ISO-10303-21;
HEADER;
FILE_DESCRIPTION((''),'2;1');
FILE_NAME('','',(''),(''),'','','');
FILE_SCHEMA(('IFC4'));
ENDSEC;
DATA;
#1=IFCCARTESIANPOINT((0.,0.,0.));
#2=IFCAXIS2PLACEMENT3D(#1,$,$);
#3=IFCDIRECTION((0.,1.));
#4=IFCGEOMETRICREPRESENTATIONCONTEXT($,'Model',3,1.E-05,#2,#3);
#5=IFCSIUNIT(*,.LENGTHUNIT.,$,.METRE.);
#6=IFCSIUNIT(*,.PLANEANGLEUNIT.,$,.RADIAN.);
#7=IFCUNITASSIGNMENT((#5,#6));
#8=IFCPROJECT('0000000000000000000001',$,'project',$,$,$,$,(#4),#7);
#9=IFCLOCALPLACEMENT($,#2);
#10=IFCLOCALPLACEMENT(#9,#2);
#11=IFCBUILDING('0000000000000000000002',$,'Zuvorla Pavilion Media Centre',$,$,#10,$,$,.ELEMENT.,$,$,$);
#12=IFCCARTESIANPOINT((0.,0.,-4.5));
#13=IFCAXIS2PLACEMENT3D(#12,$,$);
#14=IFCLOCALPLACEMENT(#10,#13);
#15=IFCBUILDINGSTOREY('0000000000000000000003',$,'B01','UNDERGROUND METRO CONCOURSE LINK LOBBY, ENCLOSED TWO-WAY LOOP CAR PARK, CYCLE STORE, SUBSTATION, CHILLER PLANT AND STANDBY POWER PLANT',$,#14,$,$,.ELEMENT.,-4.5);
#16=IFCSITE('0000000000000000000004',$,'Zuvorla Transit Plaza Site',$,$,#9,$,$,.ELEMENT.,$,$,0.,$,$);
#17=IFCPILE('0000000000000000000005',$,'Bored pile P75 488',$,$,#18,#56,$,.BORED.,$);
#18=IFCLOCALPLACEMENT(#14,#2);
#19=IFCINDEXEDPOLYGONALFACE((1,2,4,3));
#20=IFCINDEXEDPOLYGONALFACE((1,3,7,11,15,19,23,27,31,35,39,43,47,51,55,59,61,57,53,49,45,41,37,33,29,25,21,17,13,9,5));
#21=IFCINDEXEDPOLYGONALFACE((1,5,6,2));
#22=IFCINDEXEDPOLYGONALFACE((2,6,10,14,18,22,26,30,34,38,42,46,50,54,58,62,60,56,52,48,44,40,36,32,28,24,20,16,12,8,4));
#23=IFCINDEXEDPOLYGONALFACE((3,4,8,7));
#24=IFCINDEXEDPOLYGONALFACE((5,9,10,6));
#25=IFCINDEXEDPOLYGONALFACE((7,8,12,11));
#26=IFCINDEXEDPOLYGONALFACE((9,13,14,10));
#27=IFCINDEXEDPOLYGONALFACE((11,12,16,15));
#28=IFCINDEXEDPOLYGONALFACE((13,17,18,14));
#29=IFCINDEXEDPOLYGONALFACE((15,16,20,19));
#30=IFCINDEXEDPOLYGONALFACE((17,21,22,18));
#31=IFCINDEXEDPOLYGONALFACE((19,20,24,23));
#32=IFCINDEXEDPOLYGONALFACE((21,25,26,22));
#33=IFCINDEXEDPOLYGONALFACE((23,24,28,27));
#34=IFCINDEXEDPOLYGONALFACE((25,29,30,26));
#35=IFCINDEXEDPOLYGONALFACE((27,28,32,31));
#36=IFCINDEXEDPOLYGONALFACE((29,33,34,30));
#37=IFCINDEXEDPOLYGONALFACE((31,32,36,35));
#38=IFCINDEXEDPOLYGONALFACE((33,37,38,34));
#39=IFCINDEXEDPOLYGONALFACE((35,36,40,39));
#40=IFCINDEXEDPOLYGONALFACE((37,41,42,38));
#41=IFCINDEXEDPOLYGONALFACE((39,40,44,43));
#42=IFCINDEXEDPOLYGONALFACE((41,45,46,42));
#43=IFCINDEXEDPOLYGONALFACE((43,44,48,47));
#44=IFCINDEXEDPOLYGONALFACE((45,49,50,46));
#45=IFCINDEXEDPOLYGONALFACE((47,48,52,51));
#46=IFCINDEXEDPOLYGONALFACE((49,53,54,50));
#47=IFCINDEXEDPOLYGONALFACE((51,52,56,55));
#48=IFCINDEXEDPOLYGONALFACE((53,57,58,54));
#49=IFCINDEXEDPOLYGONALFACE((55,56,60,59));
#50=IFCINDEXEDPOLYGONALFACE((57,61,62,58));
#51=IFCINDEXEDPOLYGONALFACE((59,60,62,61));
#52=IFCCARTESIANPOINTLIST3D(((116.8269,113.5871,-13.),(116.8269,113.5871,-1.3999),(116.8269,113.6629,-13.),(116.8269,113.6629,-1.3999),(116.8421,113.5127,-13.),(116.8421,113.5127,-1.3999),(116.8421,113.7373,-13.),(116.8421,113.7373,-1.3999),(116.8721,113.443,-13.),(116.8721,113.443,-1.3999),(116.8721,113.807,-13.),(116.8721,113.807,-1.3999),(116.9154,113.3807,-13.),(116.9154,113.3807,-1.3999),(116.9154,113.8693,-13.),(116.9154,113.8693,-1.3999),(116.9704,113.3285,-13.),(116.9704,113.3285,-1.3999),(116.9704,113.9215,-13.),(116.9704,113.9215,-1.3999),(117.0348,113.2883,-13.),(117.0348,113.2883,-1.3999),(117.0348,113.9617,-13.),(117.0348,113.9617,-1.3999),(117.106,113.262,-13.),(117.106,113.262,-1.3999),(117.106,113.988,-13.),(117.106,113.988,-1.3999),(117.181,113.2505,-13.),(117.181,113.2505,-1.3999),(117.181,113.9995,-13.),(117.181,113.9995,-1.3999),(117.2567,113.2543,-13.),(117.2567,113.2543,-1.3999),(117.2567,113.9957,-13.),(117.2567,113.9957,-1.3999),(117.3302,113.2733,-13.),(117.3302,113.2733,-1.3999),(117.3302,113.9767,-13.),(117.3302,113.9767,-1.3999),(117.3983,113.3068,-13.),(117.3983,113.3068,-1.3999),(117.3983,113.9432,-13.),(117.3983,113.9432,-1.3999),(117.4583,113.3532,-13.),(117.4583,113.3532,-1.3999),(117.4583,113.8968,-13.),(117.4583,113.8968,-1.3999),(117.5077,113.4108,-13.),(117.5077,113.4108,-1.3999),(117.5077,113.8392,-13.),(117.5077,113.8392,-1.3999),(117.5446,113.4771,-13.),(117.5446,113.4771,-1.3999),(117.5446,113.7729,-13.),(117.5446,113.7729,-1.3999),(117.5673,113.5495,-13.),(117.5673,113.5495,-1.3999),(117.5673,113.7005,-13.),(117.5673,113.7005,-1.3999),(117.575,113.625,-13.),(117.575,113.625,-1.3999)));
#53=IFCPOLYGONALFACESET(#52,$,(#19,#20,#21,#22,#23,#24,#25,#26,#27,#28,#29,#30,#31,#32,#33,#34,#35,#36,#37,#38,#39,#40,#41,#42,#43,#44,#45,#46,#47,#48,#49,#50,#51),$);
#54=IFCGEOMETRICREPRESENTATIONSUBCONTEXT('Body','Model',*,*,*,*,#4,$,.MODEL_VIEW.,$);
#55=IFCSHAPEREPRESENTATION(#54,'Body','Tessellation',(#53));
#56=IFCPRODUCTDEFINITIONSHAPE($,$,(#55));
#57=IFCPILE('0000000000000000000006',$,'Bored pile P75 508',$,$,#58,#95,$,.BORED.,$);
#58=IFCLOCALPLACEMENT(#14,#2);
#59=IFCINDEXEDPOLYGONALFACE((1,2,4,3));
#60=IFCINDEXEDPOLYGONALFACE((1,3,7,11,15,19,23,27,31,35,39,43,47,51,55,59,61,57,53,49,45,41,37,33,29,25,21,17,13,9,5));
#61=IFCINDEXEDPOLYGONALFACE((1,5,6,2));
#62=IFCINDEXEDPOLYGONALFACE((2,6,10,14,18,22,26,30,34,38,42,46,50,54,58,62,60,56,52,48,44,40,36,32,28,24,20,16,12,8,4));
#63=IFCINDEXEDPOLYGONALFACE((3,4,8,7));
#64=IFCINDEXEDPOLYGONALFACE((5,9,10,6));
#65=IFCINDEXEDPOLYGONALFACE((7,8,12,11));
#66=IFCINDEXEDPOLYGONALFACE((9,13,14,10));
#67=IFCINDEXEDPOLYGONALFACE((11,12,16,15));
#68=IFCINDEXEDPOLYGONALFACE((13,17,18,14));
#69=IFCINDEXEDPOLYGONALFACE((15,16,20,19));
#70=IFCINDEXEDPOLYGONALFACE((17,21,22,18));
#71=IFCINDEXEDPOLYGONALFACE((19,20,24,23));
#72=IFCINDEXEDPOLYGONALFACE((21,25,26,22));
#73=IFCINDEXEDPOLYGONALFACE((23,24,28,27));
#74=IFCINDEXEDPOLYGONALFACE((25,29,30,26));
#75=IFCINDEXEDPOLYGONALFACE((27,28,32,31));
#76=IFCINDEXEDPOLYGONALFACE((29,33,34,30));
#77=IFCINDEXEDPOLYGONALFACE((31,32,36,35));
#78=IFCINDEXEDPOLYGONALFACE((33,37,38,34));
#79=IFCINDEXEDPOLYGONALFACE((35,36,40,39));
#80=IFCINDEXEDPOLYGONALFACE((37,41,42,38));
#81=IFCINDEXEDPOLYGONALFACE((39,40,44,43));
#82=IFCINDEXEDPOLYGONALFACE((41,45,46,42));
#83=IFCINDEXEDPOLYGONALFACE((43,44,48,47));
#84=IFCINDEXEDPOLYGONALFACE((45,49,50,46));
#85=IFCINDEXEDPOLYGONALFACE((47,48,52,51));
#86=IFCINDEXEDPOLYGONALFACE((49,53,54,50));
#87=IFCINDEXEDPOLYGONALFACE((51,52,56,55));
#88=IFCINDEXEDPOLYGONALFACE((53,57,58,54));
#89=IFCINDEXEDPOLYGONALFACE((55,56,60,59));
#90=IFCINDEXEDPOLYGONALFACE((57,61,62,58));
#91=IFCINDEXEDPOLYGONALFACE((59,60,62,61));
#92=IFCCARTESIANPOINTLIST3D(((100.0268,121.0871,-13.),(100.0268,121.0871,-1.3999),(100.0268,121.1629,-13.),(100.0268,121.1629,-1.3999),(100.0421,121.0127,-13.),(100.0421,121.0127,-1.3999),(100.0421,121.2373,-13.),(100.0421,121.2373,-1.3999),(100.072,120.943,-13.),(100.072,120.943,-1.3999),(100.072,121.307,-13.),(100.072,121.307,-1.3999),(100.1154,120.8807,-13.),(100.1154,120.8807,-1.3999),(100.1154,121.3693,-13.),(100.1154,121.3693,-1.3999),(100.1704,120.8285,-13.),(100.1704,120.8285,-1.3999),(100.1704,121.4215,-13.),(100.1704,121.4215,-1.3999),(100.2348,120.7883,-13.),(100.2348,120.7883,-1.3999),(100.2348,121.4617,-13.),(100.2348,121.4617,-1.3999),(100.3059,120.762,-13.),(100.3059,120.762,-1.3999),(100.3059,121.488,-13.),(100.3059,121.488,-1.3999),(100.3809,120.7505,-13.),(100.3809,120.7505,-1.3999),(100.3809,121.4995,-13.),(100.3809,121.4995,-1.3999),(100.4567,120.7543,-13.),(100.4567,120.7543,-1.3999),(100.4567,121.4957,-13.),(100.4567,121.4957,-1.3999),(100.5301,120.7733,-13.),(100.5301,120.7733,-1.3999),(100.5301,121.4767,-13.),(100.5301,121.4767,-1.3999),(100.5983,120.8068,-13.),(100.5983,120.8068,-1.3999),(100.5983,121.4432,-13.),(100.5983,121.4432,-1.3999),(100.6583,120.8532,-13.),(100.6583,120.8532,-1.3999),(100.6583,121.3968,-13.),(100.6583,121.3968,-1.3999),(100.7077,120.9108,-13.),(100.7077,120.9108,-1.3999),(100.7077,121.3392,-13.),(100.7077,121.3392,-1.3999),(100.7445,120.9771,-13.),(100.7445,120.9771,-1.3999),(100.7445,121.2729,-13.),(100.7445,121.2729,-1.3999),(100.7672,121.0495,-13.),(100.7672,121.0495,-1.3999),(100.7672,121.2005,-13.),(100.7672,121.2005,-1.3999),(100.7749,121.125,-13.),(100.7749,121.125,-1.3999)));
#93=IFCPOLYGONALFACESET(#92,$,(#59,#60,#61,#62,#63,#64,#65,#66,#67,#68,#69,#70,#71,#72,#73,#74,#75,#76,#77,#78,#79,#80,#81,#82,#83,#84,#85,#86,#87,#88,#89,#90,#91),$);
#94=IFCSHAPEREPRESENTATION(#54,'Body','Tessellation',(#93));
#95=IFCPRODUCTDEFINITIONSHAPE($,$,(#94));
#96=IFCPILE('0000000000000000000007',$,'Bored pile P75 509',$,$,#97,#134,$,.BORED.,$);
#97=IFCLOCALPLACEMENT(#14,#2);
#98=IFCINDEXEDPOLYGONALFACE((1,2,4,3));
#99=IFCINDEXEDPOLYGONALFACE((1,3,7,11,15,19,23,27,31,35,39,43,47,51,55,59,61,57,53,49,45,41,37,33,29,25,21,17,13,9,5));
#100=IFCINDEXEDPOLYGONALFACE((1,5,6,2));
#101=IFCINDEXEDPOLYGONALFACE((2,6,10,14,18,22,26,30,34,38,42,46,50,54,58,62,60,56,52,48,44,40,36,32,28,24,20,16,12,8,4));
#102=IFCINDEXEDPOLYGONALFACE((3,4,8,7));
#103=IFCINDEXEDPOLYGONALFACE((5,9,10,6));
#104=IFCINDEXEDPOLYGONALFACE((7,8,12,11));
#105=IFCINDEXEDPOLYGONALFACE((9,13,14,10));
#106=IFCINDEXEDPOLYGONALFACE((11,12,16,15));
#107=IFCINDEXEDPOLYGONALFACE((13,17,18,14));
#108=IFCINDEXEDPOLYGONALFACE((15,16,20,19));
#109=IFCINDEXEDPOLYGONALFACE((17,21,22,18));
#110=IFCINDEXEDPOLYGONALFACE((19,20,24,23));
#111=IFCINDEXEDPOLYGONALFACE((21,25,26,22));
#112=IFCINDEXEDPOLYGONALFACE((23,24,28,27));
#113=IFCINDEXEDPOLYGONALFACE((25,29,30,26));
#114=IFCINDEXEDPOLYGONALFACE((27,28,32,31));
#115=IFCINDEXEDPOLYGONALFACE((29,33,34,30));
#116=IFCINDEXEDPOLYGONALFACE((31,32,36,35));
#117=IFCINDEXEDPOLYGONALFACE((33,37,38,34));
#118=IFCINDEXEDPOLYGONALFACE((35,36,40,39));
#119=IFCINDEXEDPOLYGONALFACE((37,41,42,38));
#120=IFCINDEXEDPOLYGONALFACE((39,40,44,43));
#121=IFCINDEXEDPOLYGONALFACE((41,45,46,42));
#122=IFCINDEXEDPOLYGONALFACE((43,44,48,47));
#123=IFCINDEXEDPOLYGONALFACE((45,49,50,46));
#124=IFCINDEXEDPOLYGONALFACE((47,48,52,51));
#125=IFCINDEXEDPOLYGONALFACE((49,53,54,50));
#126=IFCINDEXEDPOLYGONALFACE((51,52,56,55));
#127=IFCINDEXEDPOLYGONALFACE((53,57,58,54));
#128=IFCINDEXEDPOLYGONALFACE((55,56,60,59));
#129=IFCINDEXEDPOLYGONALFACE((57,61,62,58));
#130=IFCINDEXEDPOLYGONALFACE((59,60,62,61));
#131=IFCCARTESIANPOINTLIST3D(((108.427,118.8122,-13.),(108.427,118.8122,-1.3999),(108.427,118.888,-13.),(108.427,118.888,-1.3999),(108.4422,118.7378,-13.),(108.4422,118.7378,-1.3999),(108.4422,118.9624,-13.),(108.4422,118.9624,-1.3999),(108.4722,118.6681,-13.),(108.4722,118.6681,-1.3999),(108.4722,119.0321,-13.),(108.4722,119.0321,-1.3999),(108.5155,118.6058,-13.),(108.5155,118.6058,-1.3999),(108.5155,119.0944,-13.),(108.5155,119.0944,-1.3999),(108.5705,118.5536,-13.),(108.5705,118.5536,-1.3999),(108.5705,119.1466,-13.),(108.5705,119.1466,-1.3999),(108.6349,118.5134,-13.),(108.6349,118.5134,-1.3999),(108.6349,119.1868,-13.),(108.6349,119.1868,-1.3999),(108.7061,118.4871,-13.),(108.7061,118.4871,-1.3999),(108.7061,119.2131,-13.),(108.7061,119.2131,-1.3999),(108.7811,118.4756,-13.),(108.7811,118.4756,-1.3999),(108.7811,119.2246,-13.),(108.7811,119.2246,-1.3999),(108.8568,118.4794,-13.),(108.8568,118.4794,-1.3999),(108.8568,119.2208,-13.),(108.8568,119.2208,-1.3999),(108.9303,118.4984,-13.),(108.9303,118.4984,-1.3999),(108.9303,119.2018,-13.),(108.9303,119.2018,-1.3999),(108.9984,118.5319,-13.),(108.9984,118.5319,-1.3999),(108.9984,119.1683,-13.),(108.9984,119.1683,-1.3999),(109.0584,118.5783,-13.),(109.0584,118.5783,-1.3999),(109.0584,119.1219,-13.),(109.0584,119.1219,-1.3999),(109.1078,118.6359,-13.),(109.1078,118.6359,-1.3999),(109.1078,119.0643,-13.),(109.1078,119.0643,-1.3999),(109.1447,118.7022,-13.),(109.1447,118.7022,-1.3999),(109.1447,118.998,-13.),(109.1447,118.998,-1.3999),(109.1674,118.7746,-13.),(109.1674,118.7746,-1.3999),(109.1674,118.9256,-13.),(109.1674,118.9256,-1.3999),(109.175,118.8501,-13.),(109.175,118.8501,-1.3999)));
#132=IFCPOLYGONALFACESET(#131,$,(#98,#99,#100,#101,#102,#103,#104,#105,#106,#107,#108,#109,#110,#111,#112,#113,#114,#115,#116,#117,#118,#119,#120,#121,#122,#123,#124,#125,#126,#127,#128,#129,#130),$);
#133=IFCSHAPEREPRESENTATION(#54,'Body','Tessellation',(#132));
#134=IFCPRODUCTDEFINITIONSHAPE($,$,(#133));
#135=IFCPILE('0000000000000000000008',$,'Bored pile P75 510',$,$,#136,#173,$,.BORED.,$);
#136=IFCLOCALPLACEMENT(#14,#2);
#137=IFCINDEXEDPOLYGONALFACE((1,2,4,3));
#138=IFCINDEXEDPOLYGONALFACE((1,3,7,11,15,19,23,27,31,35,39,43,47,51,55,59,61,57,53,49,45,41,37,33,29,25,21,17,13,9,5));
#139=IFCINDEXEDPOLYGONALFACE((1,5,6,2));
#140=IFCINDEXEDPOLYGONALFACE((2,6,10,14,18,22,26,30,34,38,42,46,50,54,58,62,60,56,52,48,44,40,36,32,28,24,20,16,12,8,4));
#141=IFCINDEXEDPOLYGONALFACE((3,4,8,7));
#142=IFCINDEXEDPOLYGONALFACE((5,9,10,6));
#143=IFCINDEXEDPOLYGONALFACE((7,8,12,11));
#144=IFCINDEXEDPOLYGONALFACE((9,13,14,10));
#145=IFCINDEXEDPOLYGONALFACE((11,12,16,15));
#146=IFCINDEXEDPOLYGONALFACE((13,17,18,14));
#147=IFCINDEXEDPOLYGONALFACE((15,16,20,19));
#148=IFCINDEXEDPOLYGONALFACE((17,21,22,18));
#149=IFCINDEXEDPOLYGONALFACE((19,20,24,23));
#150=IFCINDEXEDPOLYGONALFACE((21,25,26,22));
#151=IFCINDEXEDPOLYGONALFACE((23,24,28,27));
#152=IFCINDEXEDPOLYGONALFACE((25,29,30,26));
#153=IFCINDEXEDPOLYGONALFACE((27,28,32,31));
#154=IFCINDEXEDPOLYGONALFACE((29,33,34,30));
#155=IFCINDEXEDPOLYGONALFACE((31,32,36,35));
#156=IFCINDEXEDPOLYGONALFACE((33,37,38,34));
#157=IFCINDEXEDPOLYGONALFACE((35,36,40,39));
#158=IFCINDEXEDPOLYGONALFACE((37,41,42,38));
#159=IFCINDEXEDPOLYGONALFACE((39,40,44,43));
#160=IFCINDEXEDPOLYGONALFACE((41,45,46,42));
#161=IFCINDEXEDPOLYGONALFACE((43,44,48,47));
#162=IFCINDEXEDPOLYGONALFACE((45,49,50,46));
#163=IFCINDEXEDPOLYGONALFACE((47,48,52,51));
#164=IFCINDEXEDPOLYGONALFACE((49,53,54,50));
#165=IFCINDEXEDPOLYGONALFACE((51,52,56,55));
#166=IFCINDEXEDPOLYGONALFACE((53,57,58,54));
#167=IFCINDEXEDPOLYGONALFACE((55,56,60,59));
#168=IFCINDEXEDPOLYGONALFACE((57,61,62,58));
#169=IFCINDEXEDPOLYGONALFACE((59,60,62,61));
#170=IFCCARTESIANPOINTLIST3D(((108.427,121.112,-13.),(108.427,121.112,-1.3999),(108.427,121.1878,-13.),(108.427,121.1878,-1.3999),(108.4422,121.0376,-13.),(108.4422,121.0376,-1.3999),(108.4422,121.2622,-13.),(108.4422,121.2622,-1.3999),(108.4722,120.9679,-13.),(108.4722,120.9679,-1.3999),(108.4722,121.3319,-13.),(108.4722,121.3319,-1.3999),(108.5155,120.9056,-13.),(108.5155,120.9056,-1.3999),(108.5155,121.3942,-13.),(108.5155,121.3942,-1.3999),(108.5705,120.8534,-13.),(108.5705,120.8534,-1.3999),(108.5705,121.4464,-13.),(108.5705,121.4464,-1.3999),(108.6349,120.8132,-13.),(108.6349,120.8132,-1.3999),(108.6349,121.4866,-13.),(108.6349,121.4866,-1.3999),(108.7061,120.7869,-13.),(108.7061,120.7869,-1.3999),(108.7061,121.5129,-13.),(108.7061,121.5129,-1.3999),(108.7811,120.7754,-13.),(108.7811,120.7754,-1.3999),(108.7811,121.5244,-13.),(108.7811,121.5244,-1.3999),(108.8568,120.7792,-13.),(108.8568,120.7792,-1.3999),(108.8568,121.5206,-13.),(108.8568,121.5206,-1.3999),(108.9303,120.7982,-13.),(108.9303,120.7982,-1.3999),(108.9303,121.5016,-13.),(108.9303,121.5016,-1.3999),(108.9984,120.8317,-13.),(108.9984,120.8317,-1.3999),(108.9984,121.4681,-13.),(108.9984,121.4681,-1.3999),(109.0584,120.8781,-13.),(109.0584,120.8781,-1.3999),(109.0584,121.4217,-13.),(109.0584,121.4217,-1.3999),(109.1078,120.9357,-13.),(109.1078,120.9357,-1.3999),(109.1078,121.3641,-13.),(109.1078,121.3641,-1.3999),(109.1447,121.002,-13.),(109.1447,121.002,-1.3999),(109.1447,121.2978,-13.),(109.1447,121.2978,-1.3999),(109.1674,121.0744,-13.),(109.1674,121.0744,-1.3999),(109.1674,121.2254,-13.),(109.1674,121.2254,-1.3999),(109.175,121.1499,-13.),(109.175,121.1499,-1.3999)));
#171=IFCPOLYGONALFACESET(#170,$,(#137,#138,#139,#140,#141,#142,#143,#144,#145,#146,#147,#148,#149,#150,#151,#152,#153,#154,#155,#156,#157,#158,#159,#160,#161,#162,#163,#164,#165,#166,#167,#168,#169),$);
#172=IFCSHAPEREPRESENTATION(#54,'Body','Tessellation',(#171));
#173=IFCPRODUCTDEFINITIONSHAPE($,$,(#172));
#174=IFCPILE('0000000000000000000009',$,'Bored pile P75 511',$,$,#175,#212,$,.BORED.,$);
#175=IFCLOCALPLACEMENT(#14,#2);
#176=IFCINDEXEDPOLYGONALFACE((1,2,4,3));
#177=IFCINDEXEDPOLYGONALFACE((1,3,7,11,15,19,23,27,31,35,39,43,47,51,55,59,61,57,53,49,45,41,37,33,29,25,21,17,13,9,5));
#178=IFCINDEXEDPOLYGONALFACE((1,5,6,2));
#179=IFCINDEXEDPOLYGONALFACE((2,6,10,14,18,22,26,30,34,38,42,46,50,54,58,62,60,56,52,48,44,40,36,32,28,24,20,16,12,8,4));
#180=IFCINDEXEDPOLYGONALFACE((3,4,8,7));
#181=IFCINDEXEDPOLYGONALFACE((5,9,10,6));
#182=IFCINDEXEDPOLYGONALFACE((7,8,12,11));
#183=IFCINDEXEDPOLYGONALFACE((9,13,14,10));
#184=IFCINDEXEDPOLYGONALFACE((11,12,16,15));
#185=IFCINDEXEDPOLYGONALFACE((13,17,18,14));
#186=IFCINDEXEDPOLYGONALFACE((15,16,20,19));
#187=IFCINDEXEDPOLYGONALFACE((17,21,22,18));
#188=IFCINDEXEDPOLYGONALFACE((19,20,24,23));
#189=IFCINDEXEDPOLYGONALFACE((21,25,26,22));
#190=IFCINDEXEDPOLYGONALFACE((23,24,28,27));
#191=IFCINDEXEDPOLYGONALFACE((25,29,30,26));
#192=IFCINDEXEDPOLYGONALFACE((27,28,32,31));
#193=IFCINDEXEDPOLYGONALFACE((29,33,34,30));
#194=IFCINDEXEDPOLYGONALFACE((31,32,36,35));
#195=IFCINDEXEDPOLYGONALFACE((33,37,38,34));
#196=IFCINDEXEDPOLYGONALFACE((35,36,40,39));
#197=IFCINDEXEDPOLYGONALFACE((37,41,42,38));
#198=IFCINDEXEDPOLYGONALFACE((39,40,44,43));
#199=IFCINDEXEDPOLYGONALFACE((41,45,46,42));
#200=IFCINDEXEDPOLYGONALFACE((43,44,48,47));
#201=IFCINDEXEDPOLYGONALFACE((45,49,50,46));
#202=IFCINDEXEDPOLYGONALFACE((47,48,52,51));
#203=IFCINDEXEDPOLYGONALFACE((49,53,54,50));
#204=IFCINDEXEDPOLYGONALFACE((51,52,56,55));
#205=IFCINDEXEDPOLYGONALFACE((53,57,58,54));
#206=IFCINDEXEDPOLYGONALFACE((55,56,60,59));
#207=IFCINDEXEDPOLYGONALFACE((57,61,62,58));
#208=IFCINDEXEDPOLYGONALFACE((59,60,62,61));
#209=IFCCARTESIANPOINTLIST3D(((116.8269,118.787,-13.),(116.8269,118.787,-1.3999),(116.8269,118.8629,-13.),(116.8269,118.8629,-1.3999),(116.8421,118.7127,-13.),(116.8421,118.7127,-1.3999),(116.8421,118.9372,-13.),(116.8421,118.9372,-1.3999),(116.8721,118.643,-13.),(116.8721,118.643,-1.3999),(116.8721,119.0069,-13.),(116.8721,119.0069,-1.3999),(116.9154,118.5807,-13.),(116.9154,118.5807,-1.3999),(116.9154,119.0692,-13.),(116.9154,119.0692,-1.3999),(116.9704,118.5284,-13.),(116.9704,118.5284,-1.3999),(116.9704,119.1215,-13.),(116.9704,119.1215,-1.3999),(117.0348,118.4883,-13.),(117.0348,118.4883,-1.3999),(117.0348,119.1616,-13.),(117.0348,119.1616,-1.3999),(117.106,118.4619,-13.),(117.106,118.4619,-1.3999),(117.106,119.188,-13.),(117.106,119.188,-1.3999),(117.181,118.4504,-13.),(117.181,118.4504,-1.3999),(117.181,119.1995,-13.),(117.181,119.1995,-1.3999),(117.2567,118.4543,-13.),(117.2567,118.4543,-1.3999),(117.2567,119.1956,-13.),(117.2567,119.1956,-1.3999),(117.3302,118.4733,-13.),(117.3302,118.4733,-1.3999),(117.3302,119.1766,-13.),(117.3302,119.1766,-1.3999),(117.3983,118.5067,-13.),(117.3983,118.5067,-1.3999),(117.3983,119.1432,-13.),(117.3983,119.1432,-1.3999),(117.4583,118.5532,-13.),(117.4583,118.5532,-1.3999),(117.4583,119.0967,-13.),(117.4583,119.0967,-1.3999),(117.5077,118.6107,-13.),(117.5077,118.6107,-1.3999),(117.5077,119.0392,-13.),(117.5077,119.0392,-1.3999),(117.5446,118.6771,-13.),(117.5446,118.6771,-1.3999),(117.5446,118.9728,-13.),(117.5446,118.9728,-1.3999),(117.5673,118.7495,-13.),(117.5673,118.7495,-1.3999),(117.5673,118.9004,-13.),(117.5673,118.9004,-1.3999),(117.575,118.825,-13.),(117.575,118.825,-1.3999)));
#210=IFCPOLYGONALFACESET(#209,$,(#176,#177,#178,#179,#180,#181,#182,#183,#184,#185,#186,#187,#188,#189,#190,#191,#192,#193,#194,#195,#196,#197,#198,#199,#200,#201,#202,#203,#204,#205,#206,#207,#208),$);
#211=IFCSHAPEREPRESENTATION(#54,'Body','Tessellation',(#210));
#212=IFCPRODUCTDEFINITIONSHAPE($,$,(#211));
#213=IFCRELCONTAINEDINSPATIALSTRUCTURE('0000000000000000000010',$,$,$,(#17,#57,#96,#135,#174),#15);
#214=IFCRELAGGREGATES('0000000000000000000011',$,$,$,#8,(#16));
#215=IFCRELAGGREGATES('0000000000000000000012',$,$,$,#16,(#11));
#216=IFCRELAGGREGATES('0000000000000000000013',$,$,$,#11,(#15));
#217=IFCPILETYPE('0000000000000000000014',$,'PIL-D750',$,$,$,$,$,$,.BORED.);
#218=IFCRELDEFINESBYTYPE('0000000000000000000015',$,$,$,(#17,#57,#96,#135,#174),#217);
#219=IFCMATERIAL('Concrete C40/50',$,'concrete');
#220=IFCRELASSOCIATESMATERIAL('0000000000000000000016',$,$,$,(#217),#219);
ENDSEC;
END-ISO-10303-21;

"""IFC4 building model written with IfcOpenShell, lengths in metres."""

from ifc_helpers import new_model, si_unit, direction, frame, origin, origin_2d, place, context, subcontext, project, spatial, circle, extrude, material, material_profile, profile_set, type_object, element, save


model = new_model("IFC4")

# Units and contexts
model_context = context("Model", 3, precision=1e-05, world=origin(), true_north=direction((0.0, 1.0)))
body_context = subcontext(model_context, "Body", "Model", "MODEL_VIEW")
ifc_project = project(units=[si_unit("LENGTHUNIT", "METRE"), si_unit("PLANEANGLEUNIT", "RADIAN")], contexts=[model_context])

# Site, building, storey
site_placement = place(None, origin())
site = spatial("IfcSite", under=ifc_project, at=site_placement, Name="Zuvorla Transit Plaza Site", CompositionType="ELEMENT", RefElevation=0.0)
building_placement = place(site_placement, origin())
building = spatial("IfcBuilding", under=site, at=building_placement, Name="Zuvorla Pavilion Media Centre", CompositionType="ELEMENT")
storey_placement = place(building_placement, frame((0.0, 0.0, -4.5)))
storey = spatial("IfcBuildingStorey", under=building, at=storey_placement, Name="B01", Description="UNDERGROUND METRO CONCOURSE LINK LOBBY, ENCLOSED TWO-WAY LOOP CAR PARK, CYCLE STORE, SUBSTATION, CHILLER PLANT AND STANDBY POWER PLANT", CompositionType="ELEMENT", Elevation=-4.5)

# Shared definitions
ifc_material = material(Name="Concrete C40/50", Category="concrete")

# Piles
ifc_material_profile_1 = material_profile(ifc_material, circle(Radius=0.375, at=origin_2d()), Name="BORED PILE 750")
ifc_profile_set_1 = profile_set([ifc_material_profile_1], Name="Concrete C40/50")
pile_type = type_object("IfcPileType", Name="PIL-D750", PredefinedType="BORED", material=ifc_profile_set_1)
for number, where, z_axis, x_axis, name in (
    (1, (117.2, 113.625, -1.3999), (0.0, 0.0, -1.0), (1.0, 0.0, 0.0), "Bored pile P75 488"),
    (2, (100.3999, 121.125, -1.3999), (0.0, 0.0, -1.0), (1.0, 0.0, 0.0), "Bored pile P75 508"),
    (3, (108.8, 118.8501, -1.3999), (0.0, 0.0, -1.0), (1.0, 0.0, 0.0), "Bored pile P75 509"),
    (4, (108.8, 121.1499, -1.3999), (0.0, 0.0, -1.0), (1.0, 0.0, 0.0), "Bored pile P75 510"),
    (5, (117.2, 118.825, -1.3999), (0.0, 0.0, -1.0), (1.0, 0.0, 0.0), "Bored pile P75 511"),
):
    element("IfcPile", number, at=place(storey_placement, frame(where, z_axis=z_axis, x_axis=x_axis)), inside=storey, type_object=pile_type, Name=name, PredefinedType="BORED", context=body_context, shape_type="SweptSolid", body=[
        extrude(circle(Radius=0.375, at=origin_2d()), origin(), (0.0, 0.0, 1.0), 11.6001),
    ])

save(model, "model.ifc")
